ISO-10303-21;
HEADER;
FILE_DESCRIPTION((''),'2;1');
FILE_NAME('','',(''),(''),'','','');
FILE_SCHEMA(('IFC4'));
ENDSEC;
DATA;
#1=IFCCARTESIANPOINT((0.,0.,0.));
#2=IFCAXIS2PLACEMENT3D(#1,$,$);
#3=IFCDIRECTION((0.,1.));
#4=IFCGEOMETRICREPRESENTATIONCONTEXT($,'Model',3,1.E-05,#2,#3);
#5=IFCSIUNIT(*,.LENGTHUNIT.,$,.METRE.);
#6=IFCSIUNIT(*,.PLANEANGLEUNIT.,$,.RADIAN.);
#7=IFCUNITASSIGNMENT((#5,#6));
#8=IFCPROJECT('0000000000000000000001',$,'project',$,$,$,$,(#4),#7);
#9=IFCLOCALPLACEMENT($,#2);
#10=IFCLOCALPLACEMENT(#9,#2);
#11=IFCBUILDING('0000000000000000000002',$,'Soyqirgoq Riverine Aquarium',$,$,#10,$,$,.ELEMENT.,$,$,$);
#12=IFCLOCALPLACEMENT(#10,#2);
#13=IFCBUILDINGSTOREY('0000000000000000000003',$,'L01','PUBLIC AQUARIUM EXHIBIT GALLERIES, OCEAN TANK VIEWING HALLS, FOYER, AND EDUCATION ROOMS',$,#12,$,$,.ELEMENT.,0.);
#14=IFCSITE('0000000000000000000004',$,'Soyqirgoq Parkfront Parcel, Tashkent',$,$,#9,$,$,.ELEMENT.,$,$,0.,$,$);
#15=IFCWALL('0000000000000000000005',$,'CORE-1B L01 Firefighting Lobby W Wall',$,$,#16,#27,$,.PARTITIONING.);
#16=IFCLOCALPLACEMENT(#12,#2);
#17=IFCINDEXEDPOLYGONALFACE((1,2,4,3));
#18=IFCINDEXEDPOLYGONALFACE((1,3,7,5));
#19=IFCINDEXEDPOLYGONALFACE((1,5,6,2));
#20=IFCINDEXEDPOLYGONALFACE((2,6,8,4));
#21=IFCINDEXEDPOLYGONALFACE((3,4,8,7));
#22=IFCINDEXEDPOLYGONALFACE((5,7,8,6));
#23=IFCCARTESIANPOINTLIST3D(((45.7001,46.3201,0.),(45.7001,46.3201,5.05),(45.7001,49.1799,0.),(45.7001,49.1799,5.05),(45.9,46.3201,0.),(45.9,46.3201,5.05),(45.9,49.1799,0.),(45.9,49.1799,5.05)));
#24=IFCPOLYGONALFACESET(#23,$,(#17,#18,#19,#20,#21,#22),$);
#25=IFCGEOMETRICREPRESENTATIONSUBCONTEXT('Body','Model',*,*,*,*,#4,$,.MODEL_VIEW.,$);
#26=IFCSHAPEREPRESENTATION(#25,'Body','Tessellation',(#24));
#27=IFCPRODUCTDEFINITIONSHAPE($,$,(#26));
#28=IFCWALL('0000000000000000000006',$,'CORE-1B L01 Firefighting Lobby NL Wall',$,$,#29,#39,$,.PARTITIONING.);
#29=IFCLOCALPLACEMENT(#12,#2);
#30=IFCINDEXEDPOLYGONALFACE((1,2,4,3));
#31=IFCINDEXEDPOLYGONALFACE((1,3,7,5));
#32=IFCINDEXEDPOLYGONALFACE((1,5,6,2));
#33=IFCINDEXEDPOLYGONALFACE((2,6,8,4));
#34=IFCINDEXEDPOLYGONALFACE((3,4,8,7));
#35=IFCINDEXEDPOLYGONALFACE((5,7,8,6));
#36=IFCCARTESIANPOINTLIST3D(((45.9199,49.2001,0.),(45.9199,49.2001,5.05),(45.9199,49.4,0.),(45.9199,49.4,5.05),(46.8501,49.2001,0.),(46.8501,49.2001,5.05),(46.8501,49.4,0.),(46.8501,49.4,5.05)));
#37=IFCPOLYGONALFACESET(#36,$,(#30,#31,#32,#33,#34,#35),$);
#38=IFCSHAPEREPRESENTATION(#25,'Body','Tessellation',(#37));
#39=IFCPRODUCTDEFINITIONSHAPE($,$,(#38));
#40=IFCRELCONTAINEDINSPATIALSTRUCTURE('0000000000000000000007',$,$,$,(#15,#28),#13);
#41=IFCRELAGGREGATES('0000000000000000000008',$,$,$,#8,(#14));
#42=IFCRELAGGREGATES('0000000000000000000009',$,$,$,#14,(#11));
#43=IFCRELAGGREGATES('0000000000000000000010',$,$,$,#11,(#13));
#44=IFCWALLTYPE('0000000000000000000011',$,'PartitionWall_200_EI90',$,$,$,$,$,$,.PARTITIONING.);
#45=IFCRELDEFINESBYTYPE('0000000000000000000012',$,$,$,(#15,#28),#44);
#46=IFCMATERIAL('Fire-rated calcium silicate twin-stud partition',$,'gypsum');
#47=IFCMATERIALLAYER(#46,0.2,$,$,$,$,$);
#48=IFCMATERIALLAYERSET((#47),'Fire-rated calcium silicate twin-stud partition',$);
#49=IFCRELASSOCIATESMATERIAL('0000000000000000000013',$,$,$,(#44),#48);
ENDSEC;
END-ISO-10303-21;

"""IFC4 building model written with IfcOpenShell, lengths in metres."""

from ifc_helpers import new_model, si_unit, direction, frame, frame_2d, origin, place, context, subcontext, project, spatial, rectangle, extrude, material, layer, layer_set, type_object, element, save


model = new_model("IFC4")

# Units and contexts
model_context = context("Model", 3, precision=1e-05, world=origin(), true_north=direction((0.0, 1.0)))
body_context = subcontext(model_context, "Body", "Model", "MODEL_VIEW")
ifc_project = project(units=[si_unit("LENGTHUNIT", "METRE"), si_unit("PLANEANGLEUNIT", "RADIAN")], contexts=[model_context])

# Site, building, storey
site_placement = place(None, origin())
site = spatial("IfcSite", under=ifc_project, at=site_placement, Name="Soyqirgoq Parkfront Parcel, Tashkent", CompositionType="ELEMENT", RefElevation=0.0)
building_placement = place(site_placement, origin())
building = spatial("IfcBuilding", under=site, at=building_placement, Name="Soyqirgoq Riverine Aquarium", CompositionType="ELEMENT")
storey_placement = place(building_placement, origin())
storey = spatial("IfcBuildingStorey", under=building, at=storey_placement, Name="L01", Description="PUBLIC AQUARIUM EXHIBIT GALLERIES, OCEAN TANK VIEWING HALLS, FOYER, AND EDUCATION ROOMS", CompositionType="ELEMENT", Elevation=0.0)

# Shared definitions
ifc_material_1 = material(Name="Fire-rated calcium silicate twin-stud partition", Category="gypsum")
ifc_layer_1 = layer(ifc_material_1, 0.2)
ifc_layer_set_1 = layer_set([ifc_layer_1], Name="Fire-rated calcium silicate twin-stud partition")
wall_type = type_object("IfcWallType", Name="PartitionWall_200_EI90", PredefinedType="PARTITIONING", material=ifc_layer_set_1)

# Walls
wall_1_placement = place(storey_placement, frame((45.8, 46.3201, 0.0), z_axis=(0.0, 0.0, 1.0), x_axis=(0.0, 1.0, 0.0)))
element("IfcWall", 1, at=wall_1_placement, inside=storey, type_object=wall_type, Name="CORE-1B L01 Firefighting Lobby W Wall", PredefinedType="PARTITIONING", context=body_context, shape_type="SweptSolid", body=[
    extrude(rectangle(XDim=2.8599, YDim=0.2, at=frame_2d((1.4299, 0.0))), origin(), (0.0, 0.0, 1.0), 5.05),
])
wall_2_placement = place(storey_placement, frame((45.9199, 49.3, 0.0), z_axis=(0.0, 0.0, 1.0), x_axis=(1.0, 0.0, 0.0)))
element("IfcWall", 2, at=wall_2_placement, inside=storey, type_object=wall_type, Name="CORE-1B L01 Firefighting Lobby NL Wall", PredefinedType="PARTITIONING", context=body_context, shape_type="SweptSolid", body=[
    extrude(rectangle(XDim=0.9302, YDim=0.2, at=frame_2d((0.4651, 0.0))), origin(), (0.0, 0.0, 1.0), 5.05),
])

save(model, "model.ifc")
